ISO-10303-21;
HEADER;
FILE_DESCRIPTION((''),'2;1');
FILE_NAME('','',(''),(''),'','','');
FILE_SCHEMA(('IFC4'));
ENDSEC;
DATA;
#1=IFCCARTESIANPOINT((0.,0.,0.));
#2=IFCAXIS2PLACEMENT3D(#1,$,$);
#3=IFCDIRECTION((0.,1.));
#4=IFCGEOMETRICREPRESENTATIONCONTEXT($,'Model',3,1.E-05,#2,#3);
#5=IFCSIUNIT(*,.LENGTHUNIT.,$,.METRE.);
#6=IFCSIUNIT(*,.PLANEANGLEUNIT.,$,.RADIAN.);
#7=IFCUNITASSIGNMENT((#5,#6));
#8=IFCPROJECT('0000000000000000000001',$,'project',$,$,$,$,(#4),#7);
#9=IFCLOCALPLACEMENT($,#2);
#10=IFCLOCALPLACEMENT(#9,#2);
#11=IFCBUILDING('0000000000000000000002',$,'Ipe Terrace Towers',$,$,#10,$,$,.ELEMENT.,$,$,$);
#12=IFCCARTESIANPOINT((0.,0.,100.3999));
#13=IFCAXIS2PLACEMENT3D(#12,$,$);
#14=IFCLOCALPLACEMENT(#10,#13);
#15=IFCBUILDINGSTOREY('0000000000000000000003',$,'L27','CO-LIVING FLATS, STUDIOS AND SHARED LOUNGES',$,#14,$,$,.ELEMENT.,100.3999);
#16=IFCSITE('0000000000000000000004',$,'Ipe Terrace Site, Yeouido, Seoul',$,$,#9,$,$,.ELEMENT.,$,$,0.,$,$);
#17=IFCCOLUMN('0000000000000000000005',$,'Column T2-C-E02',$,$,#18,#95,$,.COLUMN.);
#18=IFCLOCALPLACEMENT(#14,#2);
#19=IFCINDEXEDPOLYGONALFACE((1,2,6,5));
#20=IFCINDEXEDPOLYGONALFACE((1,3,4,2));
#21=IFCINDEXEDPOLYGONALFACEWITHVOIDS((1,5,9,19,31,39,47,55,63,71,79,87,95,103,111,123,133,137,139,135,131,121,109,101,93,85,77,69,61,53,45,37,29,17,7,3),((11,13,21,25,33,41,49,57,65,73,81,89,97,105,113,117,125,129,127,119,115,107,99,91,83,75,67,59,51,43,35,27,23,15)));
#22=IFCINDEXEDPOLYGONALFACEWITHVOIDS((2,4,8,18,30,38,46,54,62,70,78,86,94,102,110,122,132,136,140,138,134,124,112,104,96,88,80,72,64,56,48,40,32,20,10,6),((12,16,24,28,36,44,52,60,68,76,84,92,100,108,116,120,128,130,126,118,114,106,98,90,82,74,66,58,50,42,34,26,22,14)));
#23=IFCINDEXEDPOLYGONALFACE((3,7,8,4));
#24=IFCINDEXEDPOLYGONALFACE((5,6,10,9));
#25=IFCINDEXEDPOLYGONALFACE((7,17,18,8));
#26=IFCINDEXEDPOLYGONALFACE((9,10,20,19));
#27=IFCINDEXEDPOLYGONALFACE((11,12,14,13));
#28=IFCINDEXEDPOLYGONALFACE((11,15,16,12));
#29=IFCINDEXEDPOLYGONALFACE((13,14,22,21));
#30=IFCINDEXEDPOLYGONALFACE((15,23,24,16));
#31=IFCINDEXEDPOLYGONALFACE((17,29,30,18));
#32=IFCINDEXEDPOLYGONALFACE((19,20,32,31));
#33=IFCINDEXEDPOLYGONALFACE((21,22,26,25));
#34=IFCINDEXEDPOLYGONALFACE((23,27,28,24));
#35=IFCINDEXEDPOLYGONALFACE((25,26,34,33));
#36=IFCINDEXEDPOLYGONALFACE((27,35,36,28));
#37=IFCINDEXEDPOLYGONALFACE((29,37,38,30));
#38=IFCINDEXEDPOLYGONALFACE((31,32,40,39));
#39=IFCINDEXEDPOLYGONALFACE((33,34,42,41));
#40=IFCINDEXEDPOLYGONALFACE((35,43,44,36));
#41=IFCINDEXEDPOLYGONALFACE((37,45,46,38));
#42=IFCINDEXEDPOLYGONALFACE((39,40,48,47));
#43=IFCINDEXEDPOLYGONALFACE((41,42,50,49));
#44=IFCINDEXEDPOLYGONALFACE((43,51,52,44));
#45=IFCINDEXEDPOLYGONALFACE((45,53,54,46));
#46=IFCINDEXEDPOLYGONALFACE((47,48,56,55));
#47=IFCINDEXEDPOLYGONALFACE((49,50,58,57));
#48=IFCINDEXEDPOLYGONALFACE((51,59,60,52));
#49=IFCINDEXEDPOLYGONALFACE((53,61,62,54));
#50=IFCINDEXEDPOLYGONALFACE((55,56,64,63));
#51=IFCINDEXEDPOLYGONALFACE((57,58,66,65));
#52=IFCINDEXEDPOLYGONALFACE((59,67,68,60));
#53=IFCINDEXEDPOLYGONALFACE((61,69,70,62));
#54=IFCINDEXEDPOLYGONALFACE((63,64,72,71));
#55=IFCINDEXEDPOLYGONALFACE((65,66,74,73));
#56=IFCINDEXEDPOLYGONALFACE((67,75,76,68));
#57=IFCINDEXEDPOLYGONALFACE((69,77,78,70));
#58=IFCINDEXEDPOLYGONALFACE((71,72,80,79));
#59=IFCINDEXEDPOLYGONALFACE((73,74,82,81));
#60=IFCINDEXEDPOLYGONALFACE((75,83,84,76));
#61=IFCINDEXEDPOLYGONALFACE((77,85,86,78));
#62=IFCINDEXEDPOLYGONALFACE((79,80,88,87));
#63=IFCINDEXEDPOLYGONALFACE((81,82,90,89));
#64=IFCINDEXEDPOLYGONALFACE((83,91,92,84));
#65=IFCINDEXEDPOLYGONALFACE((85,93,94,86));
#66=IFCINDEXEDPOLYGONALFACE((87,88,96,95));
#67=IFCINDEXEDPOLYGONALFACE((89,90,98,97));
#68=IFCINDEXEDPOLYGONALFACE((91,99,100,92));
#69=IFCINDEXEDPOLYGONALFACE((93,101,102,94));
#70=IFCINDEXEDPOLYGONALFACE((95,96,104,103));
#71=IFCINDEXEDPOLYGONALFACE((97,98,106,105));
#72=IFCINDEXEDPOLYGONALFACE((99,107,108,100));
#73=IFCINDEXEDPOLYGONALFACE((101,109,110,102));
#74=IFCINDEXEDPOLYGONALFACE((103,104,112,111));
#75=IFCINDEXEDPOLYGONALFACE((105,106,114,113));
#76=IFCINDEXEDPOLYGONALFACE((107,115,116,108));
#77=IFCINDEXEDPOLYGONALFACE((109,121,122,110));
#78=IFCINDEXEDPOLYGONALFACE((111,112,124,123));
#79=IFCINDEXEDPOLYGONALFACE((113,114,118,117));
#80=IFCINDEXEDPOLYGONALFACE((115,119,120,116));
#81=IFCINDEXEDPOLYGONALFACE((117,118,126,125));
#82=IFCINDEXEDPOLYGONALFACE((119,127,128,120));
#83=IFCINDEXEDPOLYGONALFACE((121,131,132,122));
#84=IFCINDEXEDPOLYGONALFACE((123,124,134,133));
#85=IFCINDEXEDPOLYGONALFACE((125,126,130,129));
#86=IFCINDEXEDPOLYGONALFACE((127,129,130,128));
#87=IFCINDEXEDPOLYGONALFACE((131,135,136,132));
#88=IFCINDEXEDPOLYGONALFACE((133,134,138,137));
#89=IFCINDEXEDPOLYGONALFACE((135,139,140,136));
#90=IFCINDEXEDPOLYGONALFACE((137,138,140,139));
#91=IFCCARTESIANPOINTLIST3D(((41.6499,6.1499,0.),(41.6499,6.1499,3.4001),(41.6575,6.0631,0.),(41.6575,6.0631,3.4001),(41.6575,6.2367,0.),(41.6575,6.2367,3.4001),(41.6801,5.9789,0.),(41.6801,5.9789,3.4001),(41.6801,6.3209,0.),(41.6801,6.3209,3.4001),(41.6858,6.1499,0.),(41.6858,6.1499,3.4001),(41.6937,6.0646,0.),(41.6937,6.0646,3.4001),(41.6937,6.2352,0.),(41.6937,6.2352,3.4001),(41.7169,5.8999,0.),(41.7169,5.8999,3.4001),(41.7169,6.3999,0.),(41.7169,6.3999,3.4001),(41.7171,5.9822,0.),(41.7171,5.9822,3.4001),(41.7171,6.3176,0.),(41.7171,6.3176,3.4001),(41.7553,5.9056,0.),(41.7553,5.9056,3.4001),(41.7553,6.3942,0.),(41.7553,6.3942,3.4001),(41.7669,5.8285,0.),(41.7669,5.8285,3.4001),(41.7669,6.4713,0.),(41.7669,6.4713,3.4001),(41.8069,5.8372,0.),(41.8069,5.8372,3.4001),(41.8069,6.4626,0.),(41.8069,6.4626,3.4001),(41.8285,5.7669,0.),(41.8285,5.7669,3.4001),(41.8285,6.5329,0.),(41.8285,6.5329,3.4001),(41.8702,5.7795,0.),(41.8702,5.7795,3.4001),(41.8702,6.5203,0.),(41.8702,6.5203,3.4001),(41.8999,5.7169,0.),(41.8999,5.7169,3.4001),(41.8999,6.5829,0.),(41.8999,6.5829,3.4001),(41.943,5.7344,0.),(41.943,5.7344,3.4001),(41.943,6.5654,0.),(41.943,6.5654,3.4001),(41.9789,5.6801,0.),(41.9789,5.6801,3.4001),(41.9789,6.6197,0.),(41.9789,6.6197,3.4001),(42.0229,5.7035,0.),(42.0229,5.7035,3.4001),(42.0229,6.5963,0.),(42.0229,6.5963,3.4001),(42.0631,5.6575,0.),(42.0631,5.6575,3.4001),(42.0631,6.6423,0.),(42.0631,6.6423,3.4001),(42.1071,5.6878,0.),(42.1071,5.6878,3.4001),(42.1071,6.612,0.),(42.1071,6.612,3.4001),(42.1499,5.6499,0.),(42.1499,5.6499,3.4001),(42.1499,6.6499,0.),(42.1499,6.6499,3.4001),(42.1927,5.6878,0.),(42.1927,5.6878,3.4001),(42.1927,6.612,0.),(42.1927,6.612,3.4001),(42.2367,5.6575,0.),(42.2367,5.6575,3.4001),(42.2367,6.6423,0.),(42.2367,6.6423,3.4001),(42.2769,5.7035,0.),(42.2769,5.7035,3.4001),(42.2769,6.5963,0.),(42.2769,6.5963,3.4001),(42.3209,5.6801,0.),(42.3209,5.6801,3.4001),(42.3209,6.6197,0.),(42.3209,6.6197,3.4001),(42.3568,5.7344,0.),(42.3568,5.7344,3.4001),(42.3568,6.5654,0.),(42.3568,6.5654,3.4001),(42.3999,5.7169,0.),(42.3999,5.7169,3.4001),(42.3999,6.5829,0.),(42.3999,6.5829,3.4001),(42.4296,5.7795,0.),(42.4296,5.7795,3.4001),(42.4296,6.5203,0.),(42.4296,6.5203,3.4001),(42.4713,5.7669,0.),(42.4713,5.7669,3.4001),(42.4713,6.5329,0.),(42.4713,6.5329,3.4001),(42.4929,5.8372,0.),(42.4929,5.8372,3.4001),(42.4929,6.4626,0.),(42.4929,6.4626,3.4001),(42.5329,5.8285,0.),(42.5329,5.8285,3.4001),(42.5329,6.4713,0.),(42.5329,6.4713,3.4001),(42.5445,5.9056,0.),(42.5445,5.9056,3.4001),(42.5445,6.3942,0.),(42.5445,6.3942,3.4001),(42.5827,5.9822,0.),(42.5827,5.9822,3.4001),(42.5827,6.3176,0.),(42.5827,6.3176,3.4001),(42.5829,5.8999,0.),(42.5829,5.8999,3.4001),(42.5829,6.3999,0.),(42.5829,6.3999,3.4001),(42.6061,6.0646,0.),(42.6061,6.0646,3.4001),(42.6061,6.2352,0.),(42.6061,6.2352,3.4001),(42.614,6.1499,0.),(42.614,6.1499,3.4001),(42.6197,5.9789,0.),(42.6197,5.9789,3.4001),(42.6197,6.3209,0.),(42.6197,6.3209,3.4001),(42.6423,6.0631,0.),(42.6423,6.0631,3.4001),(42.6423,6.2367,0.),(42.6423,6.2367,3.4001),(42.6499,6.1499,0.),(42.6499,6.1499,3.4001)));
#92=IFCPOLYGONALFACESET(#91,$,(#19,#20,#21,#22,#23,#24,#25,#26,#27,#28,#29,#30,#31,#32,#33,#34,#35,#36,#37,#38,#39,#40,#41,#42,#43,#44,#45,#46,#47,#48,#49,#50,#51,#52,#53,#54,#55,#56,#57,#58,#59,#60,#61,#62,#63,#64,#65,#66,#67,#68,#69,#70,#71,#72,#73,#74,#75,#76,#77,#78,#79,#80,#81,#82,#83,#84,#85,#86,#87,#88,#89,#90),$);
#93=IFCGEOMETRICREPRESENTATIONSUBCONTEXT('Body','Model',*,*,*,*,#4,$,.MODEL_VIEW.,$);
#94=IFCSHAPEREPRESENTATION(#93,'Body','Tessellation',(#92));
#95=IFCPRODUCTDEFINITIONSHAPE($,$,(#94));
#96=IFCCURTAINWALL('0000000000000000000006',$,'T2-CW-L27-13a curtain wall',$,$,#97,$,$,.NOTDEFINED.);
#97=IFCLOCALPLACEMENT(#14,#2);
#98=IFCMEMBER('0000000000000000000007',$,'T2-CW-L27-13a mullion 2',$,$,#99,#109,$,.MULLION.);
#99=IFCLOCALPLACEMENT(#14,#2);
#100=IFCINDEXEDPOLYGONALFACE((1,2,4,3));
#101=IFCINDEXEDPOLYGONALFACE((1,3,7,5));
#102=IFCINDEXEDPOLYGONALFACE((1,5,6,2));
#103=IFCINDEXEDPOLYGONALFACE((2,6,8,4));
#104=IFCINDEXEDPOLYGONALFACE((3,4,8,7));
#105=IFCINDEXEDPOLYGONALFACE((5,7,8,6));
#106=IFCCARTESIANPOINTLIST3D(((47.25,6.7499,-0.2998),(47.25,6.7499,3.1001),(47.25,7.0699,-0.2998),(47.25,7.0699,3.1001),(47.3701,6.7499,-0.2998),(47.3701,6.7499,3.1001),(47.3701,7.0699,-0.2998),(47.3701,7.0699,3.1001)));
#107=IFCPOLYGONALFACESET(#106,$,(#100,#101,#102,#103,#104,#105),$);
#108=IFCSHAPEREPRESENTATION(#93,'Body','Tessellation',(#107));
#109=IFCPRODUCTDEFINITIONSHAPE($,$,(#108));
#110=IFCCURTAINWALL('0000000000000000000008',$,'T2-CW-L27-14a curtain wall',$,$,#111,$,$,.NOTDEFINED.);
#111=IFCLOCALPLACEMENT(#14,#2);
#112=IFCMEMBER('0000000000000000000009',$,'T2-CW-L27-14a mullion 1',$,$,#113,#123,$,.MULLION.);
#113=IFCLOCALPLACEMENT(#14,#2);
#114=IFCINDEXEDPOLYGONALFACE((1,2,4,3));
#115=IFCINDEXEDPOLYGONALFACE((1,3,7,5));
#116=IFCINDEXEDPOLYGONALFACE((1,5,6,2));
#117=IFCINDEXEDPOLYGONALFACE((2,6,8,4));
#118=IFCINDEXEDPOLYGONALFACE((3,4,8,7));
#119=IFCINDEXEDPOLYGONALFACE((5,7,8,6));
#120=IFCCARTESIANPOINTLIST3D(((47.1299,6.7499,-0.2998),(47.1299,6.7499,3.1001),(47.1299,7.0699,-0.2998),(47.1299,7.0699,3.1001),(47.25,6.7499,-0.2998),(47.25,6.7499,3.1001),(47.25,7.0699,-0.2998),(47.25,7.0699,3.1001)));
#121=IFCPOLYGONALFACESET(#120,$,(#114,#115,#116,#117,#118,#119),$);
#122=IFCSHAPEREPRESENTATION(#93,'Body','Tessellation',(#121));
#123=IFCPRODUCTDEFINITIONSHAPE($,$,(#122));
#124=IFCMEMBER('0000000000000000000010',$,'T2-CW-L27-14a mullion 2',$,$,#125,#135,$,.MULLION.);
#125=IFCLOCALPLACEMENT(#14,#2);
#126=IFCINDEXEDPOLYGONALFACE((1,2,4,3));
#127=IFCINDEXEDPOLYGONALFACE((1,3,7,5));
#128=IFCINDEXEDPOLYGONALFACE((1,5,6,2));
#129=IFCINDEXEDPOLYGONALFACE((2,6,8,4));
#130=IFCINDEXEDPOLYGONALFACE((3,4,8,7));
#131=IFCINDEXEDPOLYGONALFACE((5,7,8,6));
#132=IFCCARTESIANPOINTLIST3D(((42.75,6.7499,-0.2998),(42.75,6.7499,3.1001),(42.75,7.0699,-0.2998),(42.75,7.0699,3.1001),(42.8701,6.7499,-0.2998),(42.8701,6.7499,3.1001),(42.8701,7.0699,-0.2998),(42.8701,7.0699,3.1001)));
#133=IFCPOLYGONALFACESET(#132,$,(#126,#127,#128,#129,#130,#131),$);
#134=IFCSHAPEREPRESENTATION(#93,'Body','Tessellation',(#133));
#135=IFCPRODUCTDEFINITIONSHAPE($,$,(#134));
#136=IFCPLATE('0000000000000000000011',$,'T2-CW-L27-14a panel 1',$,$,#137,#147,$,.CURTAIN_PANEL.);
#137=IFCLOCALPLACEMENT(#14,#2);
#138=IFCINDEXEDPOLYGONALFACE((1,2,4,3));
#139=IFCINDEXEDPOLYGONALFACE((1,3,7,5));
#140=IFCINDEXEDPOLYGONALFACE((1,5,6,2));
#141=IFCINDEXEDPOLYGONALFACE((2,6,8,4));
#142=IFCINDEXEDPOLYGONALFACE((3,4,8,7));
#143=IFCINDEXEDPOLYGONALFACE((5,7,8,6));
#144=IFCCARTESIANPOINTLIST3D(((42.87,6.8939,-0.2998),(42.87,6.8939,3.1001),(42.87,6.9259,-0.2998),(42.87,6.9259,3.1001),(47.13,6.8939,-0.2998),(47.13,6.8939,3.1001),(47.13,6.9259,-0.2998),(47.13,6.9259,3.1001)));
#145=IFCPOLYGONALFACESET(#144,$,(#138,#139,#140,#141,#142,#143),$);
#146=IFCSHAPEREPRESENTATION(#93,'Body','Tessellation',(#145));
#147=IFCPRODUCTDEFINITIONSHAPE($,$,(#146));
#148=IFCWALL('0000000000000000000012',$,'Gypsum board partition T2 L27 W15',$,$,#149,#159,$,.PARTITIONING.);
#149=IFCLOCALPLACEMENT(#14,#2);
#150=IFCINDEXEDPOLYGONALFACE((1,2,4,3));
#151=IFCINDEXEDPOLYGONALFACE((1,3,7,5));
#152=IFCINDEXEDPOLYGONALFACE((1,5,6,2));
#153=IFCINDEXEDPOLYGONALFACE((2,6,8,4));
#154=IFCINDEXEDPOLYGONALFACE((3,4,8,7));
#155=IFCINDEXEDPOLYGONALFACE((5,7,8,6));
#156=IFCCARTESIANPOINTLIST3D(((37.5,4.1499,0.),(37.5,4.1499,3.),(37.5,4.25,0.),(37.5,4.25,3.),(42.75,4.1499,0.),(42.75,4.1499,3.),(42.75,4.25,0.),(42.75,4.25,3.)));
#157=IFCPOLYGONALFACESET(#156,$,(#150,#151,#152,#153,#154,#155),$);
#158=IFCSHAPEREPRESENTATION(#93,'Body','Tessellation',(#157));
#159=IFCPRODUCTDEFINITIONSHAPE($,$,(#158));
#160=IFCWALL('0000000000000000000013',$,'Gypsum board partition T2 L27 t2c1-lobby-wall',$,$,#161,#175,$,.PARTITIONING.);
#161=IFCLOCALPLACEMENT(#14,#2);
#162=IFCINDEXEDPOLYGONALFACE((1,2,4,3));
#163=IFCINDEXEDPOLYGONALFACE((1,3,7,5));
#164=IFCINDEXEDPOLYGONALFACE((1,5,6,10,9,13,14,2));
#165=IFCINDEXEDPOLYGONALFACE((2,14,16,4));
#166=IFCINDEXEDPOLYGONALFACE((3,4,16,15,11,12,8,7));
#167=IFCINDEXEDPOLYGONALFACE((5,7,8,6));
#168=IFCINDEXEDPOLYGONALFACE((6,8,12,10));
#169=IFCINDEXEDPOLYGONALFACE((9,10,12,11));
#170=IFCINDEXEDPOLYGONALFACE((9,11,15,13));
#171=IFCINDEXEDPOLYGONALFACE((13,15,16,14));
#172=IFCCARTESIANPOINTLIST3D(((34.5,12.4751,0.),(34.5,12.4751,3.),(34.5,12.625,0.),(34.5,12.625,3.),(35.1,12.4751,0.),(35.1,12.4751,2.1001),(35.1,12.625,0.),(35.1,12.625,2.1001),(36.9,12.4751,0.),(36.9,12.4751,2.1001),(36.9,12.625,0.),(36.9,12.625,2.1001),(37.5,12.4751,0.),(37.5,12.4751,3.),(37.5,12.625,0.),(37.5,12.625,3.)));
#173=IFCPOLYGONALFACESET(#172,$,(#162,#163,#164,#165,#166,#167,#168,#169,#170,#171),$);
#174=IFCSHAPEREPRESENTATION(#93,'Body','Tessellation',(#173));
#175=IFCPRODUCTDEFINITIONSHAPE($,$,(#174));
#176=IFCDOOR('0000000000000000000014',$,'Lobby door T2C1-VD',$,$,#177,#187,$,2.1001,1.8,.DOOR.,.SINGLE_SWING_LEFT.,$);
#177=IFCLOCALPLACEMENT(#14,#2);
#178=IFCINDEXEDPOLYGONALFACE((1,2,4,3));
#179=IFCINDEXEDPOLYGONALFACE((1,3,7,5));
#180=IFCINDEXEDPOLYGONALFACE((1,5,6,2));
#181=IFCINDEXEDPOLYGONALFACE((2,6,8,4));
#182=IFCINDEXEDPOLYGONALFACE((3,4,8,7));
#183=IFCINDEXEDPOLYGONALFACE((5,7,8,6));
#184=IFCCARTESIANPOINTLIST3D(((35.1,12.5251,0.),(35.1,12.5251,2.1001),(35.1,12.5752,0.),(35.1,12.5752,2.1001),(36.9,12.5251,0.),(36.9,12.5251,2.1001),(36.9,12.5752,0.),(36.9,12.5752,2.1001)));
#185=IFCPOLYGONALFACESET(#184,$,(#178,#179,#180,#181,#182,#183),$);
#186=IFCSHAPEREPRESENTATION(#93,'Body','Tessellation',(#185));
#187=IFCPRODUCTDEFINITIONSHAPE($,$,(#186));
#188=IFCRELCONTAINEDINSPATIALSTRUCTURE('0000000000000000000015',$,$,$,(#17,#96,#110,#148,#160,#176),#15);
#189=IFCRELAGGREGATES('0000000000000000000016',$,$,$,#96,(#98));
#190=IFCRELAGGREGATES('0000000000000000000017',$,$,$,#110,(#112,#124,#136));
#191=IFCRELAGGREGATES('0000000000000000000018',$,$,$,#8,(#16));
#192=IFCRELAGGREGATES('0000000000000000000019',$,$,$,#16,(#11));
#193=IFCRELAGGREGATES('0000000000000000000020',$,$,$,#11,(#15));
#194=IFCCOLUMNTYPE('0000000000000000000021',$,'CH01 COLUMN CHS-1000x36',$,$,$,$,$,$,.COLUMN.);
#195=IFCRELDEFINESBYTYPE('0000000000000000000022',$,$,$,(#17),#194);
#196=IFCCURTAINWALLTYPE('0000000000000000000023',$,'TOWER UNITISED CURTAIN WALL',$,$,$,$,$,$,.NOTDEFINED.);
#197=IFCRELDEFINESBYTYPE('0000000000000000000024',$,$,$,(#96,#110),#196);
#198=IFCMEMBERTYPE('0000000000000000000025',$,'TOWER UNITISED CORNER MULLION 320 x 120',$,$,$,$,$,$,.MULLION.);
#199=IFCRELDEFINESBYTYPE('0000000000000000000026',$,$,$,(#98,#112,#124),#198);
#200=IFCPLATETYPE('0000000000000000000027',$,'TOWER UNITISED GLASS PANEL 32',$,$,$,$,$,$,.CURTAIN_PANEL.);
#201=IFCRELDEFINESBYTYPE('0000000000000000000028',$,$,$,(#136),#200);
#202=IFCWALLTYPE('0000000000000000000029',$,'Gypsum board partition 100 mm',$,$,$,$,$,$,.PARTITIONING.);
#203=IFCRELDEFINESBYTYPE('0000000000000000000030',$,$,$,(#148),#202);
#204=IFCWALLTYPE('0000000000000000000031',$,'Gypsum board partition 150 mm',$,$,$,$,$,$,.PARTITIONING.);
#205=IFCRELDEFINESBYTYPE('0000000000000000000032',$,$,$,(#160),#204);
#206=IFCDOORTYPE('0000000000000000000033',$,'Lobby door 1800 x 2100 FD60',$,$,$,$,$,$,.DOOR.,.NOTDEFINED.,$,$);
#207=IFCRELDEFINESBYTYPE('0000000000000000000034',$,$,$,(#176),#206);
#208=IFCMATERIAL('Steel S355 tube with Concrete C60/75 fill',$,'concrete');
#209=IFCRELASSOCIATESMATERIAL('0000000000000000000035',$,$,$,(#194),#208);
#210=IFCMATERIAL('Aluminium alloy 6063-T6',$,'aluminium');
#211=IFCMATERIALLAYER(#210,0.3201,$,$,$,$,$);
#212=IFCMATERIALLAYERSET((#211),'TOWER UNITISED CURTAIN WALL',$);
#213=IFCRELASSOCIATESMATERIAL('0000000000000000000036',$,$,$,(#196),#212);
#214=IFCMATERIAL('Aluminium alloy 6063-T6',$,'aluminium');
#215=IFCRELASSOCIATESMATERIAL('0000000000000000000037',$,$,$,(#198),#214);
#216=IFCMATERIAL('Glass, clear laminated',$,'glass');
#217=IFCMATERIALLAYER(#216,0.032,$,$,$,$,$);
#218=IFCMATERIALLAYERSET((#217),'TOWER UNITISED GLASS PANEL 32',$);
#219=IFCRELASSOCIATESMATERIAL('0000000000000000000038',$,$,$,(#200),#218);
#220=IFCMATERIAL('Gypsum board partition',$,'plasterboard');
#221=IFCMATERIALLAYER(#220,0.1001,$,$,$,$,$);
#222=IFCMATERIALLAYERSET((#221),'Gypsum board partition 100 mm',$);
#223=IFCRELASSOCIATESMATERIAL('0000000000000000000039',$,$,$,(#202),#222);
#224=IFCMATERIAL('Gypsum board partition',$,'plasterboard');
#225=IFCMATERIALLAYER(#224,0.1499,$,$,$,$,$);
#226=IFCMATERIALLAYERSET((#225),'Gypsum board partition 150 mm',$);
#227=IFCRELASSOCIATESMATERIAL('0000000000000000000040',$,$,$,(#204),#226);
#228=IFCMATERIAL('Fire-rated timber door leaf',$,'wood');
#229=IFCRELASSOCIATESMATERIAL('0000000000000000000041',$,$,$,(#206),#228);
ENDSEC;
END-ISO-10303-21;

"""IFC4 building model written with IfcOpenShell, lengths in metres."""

from ifc_helpers import new_model, si_unit, direction, frame, frame_2d, origin, origin_2d, place, context, subcontext, project, spatial, rectangle, hollow_circle, extrude, material, layer, layer_set, material_profile, profile_set, type_object, element, fill, aggregate, save


model = new_model("IFC4")

# Units and contexts
model_context = context("Model", 3, precision=1e-05, world=origin(), true_north=direction((0.0, 1.0)))
body_context = subcontext(model_context, "Body", "Model", "MODEL_VIEW")
ifc_project = project(units=[si_unit("LENGTHUNIT", "METRE"), si_unit("PLANEANGLEUNIT", "RADIAN")], contexts=[model_context])

# Site, building, storey
site_placement = place(None, origin())
site = spatial("IfcSite", under=ifc_project, at=site_placement, Name="Ipe Terrace Site, Yeouido, Seoul", CompositionType="ELEMENT", RefElevation=0.0)
building_placement = place(site_placement, origin())
building = spatial("IfcBuilding", under=site, at=building_placement, Name="Ipe Terrace Towers", CompositionType="ELEMENT")
storey_placement = place(building_placement, frame((0.0, 0.0, 100.3999)))
storey = spatial("IfcBuildingStorey", under=building, at=storey_placement, Name="L27", Description="CO-LIVING FLATS, STUDIOS AND SHARED LOUNGES", CompositionType="ELEMENT", Elevation=100.3999)

# Column
ifc_material_1 = material(Name="Steel S355 tube with Concrete C60/75 fill", Category="concrete")
ifc_material_profile_1 = material_profile(ifc_material_1, hollow_circle(Radius=0.5, WallThickness=0.0359, at=origin_2d()), Name="CHS-1000x36")
ifc_profile_set_1 = profile_set([ifc_material_profile_1], Name="Steel S355 tube with Concrete C60/75 fill")
column_type = type_object("IfcColumnType", Name="CH01 COLUMN CHS-1000x36", PredefinedType="COLUMN", material=ifc_profile_set_1)
column_placement = place(storey_placement, frame((42.1499, 6.1499, 0.0), z_axis=(0.0, 0.0, 1.0), x_axis=(1.0, 0.0, 0.0)))
element("IfcColumn", 1, at=column_placement, inside=storey, type_object=column_type, Name="Column T2-C-E02", PredefinedType="COLUMN", context=body_context, shape_type="SweptSolid", body=[
    extrude(hollow_circle(Radius=0.5, WallThickness=0.0359, at=origin_2d()), origin(), (0.0, 0.0, 1.0), 3.4001),
])

# Curtain wall, member
ifc_material_2 = material(Name="Aluminium alloy 6063-T6", Category="aluminium")
ifc_layer_1 = layer(ifc_material_2, 0.3201)
ifc_layer_set_1 = layer_set([ifc_layer_1], Name="TOWER UNITISED CURTAIN WALL")
curtain_wall_type = type_object("IfcCurtainWallType", Name="TOWER UNITISED CURTAIN WALL", PredefinedType="NOTDEFINED", material=ifc_layer_set_1)
curtain_wall_1_placement = place(storey_placement, origin())
curtain_wall_1 = element("IfcCurtainWall", 2, at=curtain_wall_1_placement, inside=storey, type_object=curtain_wall_type, Name="T2-CW-L27-13a curtain wall", PredefinedType="NOTDEFINED")
ifc_material_3 = material(Name="Aluminium alloy 6063-T6", Category="aluminium")
ifc_material_profile_2 = material_profile(ifc_material_3, rectangle(XDim=0.3201, YDim=0.1201, at=origin_2d()), Name="TOWER UNITISED CORNER MULLION 320 x 120")
ifc_profile_set_2 = profile_set([ifc_material_profile_2], Name="Aluminium alloy 6063-T6")
member_type = type_object("IfcMemberType", Name="TOWER UNITISED CORNER MULLION 320 x 120", PredefinedType="MULLION", material=ifc_profile_set_2)
member_1_placement = place(storey_placement, frame((47.3101, 6.9099, -0.2998), z_axis=(0.0, 0.0, 1.0), x_axis=(0.0, 1.0, 0.0)))
member_1 = element("IfcMember", 3, at=member_1_placement, type_object=member_type, Name="T2-CW-L27-13a mullion 2", PredefinedType="MULLION", context=body_context, shape_type="SweptSolid", body=[
    extrude(rectangle(XDim=0.3201, YDim=0.1201, at=origin_2d()), origin(), (0.0, 0.0, 1.0), 3.3999),
])
aggregate(curtain_wall_1, [member_1])

# Curtain wall, members, plate
curtain_wall_2_placement = place(storey_placement, origin())
curtain_wall_2 = element("IfcCurtainWall", 4, at=curtain_wall_2_placement, inside=storey, type_object=curtain_wall_type, Name="T2-CW-L27-14a curtain wall", PredefinedType="NOTDEFINED")
member_2_placement = place(storey_placement, frame((47.1899, 6.9099, -0.2998), z_axis=(0.0, 0.0, 1.0), x_axis=(0.0, 1.0, 0.0)))
member_2 = element("IfcMember", 5, at=member_2_placement, type_object=member_type, Name="T2-CW-L27-14a mullion 1", PredefinedType="MULLION", context=body_context, shape_type="SweptSolid", body=[
    extrude(rectangle(XDim=0.3201, YDim=0.1201, at=origin_2d()), origin(), (0.0, 0.0, 1.0), 3.3999),
])
member_3_placement = place(storey_placement, frame((42.8101, 6.9099, -0.2998), z_axis=(0.0, 0.0, 1.0), x_axis=(0.0, 1.0, 0.0)))
member_3 = element("IfcMember", 6, at=member_3_placement, type_object=member_type, Name="T2-CW-L27-14a mullion 2", PredefinedType="MULLION", context=body_context, shape_type="SweptSolid", body=[
    extrude(rectangle(XDim=0.3201, YDim=0.1201, at=origin_2d()), origin(), (0.0, 0.0, 1.0), 3.3999),
])
ifc_material_4 = material(Name="Glass, clear laminated", Category="glass")
ifc_layer_2 = layer(ifc_material_4, 0.032)
ifc_layer_set_2 = layer_set([ifc_layer_2], Name="TOWER UNITISED GLASS PANEL 32")
plate_type = type_object("IfcPlateType", Name="TOWER UNITISED GLASS PANEL 32", PredefinedType="CURTAIN_PANEL", material=ifc_layer_set_2)
plate_placement = place(storey_placement, frame((45.0, 6.9099, -0.2998), z_axis=(0.0, 0.0, 1.0), x_axis=(-1.0, 0.0, 0.0)))
plate = element("IfcPlate", 7, at=plate_placement, type_object=plate_type, Name="T2-CW-L27-14a panel 1", PredefinedType="CURTAIN_PANEL", context=body_context, shape_type="SweptSolid", body=[
    extrude(rectangle(XDim=4.26, YDim=0.032, at=origin_2d()), origin(), (0.0, 0.0, 1.0), 3.3999),
])
aggregate(curtain_wall_2, [member_2, member_3, plate])

# Wall
ifc_material_5 = material(Name="Gypsum board partition", Category="plasterboard")
ifc_layer_3 = layer(ifc_material_5, 0.1001)
ifc_layer_set_3 = layer_set([ifc_layer_3], Name="Gypsum board partition 100 mm")
wall_type_1 = type_object("IfcWallType", Name="Gypsum board partition 100 mm", PredefinedType="PARTITIONING", material=ifc_layer_set_3)
wall_1_placement = place(storey_placement, frame((42.75, 4.2, 0.0), z_axis=(0.0, 0.0, 1.0), x_axis=(-1.0, 0.0, 0.0)))
element("IfcWall", 8, at=wall_1_placement, inside=storey, type_object=wall_type_1, Name="Gypsum board partition T2 L27 W15", PredefinedType="PARTITIONING", context=body_context, shape_type="SweptSolid", body=[
    extrude(rectangle(XDim=5.25, YDim=0.1001, at=frame_2d((2.625, 0.0))), origin(), (0.0, 0.0, 1.0), 3.0),
])

# Wall, opening, door
ifc_material_6 = material(Name="Gypsum board partition", Category="plasterboard")
ifc_layer_4 = layer(ifc_material_6, 0.1499)
ifc_layer_set_4 = layer_set([ifc_layer_4], Name="Gypsum board partition 150 mm")
wall_type_2 = type_object("IfcWallType", Name="Gypsum board partition 150 mm", PredefinedType="PARTITIONING", material=ifc_layer_set_4)
wall_2_placement = place(storey_placement, frame((37.5, 12.55, 0.0), z_axis=(0.0, 0.0, 1.0), x_axis=(-1.0, 0.0, 0.0)))
wall_2 = element("IfcWall", 9, at=wall_2_placement, inside=storey, type_object=wall_type_2, Name="Gypsum board partition T2 L27 t2c1-lobby-wall", PredefinedType="PARTITIONING", context=body_context, shape_type="SweptSolid", body=[
    extrude(rectangle(XDim=3.0, YDim=0.1499, at=frame_2d((1.5, 0.0))), origin(), (0.0, 0.0, 1.0), 3.0),
])
opening_1_placement = place(wall_2_placement, frame((0.6001, 0.0, 0.0)))
opening_1 = element("IfcOpeningElement", 10, at=opening_1_placement, cuts=wall_2, PredefinedType="OPENING", context=body_context, shape_type="SweptSolid", body=[
    extrude(rectangle(XDim=1.8, YDim=2.1001, at=frame_2d((0.8999, 1.05))), frame((0.0, 0.085, 0.0), z_axis=(0.0, -1.0, 0.0), x_axis=(1.0, 0.0, 0.0)), (0.0, 0.0, 1.0), 0.1699),
])
ifc_material_7 = material(Name="Fire-rated timber door leaf", Category="wood")
door_type_1 = type_object("IfcDoorType", Name="Lobby door 1800 x 2100 FD60", OperationType="NOTDEFINED", PredefinedType="DOOR", material=ifc_material_7)
door_1_placement = place(opening_1_placement, origin())
door_1 = element("IfcDoor", 11, at=door_1_placement, inside=storey, type_object=door_type_1, Name="Lobby door T2C1-VD", OperationType="SINGLE_SWING_LEFT", OverallHeight=2.1001, OverallWidth=1.8, PredefinedType="DOOR", context=body_context, shape_type="SweptSolid", body=[
    extrude(rectangle(XDim=1.8, YDim=2.1001, at=frame_2d((0.8999, 1.05))), frame((0.0, 0.0249, 0.0), z_axis=(0.0, -1.0, 0.0), x_axis=(1.0, 0.0, 0.0)), (0.0, 0.0, 1.0), 0.05),
])
fill(opening_1, door_1)

save(model, "model.ifc")
